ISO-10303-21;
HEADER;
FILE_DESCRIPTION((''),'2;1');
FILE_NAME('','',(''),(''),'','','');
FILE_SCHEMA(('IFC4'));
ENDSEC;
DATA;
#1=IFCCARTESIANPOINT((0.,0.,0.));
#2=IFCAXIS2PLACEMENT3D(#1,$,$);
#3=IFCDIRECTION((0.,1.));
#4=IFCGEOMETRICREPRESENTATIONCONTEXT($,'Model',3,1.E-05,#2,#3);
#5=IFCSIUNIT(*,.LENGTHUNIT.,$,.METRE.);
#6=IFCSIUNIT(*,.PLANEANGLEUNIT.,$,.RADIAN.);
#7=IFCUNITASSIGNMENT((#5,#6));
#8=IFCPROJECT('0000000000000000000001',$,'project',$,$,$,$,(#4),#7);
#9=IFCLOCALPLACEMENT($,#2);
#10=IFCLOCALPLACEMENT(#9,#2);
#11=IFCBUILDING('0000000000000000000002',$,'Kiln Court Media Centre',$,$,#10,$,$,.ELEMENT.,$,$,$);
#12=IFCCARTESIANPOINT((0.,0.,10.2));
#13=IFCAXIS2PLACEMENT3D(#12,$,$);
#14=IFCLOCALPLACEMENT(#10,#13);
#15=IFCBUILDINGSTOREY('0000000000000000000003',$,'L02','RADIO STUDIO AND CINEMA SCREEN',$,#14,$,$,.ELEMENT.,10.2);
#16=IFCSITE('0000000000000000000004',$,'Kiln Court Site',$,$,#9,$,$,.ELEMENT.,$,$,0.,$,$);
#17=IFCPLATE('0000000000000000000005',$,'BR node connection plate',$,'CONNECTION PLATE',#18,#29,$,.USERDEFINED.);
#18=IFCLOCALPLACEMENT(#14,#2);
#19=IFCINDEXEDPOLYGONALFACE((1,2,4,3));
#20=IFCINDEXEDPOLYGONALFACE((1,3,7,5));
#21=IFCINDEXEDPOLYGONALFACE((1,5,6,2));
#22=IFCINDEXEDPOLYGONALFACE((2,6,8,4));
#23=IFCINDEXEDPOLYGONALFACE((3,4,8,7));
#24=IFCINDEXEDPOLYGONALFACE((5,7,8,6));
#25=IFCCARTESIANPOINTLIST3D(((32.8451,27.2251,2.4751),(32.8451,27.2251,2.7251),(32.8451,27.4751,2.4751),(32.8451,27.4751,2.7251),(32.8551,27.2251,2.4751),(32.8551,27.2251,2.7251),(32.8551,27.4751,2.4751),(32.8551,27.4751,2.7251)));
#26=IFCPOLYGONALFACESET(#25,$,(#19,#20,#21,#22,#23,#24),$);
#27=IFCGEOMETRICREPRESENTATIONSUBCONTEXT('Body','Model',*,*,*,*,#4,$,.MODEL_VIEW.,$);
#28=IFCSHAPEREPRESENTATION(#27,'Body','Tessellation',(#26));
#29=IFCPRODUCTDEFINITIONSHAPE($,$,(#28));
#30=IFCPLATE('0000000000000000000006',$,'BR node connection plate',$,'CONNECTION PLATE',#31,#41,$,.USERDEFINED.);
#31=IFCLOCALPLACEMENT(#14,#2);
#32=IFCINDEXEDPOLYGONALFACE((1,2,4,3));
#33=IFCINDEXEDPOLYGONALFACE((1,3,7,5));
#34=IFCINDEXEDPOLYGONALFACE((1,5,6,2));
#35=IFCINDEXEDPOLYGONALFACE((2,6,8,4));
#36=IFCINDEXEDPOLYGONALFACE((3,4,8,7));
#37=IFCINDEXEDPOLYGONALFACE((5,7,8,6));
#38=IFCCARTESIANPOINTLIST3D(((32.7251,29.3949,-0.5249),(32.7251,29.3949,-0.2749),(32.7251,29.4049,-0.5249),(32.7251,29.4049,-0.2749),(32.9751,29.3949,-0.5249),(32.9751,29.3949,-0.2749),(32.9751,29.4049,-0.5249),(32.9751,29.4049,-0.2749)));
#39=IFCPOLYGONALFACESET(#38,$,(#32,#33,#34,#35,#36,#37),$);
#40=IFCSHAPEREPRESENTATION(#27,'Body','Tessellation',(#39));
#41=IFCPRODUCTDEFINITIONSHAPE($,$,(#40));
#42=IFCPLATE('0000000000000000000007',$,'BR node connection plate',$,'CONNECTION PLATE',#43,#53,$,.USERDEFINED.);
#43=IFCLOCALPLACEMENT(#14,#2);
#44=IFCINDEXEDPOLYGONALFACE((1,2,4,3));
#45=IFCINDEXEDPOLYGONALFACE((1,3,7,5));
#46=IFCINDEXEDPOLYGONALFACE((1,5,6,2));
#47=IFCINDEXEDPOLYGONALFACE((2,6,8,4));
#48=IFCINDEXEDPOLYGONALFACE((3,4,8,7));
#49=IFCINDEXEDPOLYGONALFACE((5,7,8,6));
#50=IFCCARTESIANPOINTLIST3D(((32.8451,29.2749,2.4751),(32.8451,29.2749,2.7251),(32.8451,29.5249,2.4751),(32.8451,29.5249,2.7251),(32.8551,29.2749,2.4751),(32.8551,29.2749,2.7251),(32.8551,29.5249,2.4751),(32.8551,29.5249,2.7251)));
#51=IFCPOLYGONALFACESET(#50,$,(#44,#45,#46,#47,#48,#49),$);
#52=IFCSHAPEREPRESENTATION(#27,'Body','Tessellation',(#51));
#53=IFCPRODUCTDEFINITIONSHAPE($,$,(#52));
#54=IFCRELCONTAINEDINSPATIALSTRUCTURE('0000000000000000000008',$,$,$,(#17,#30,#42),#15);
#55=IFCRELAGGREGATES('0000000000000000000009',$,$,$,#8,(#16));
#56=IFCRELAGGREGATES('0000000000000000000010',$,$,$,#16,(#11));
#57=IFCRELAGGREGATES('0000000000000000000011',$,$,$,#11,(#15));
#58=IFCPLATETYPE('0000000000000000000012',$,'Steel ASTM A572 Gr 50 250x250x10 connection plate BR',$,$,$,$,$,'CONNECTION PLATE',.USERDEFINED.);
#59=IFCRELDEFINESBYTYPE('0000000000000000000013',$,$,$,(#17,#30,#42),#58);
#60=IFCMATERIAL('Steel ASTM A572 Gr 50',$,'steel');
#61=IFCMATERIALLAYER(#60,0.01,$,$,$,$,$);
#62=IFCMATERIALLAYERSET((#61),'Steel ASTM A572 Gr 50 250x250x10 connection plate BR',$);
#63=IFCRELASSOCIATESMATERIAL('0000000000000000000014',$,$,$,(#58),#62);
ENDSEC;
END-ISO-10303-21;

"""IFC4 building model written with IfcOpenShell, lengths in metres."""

from ifc_helpers import new_model, si_unit, direction, frame, origin, origin_2d, place, context, subcontext, project, spatial, rectangle, extrude, material, layer, layer_set, type_object, element, save


model = new_model("IFC4")

# Units and contexts
model_context = context("Model", 3, precision=1e-05, world=origin(), true_north=direction((0.0, 1.0)))
body_context = subcontext(model_context, "Body", "Model", "MODEL_VIEW")
ifc_project = project(units=[si_unit("LENGTHUNIT", "METRE"), si_unit("PLANEANGLEUNIT", "RADIAN")], contexts=[model_context])

# Site, building, storey
site_placement = place(None, origin())
site = spatial("IfcSite", under=ifc_project, at=site_placement, Name="Kiln Court Site", CompositionType="ELEMENT", RefElevation=0.0)
building_placement = place(site_placement, origin())
building = spatial("IfcBuilding", under=site, at=building_placement, Name="Kiln Court Media Centre", CompositionType="ELEMENT")
storey_placement = place(building_placement, frame((0.0, 0.0, 10.2)))
storey = spatial("IfcBuildingStorey", under=building, at=storey_placement, Name="L02", Description="RADIO STUDIO AND CINEMA SCREEN", CompositionType="ELEMENT", Elevation=10.2)

# Plates
ifc_material_1 = material(Name="Steel ASTM A572 Gr 50", Category="steel")
ifc_layer_1 = layer(ifc_material_1, 0.01)
ifc_layer_set_1 = layer_set([ifc_layer_1], Name="Steel ASTM A572 Gr 50 250x250x10 connection plate BR")
plate_type_1 = type_object("IfcPlateType", Name="Steel ASTM A572 Gr 50 250x250x10 connection plate BR", ElementType="CONNECTION PLATE", PredefinedType="USERDEFINED", material=ifc_layer_set_1)
for number, where, z_axis, x_axis, name in (
    (1, (32.8501, 27.3501, 2.4751), (0.0, 0.0, 1.0), (1.0, 0.0, 0.0), "BR node connection plate"),
):
    element("IfcPlate", number, at=place(storey_placement, frame(where, z_axis=z_axis, x_axis=x_axis)), inside=storey, type_object=plate_type_1, Name=name, ObjectType="CONNECTION PLATE", PredefinedType="USERDEFINED", context=body_context, shape_type="SweptSolid", body=[
        extrude(rectangle(XDim=0.01, YDim=0.25, at=origin_2d()), origin(), (0.0, 0.0, 1.0), 0.25),
    ])
plate_1_placement = place(storey_placement, frame((32.8501, 29.3999, -0.5249), z_axis=(0.0, 0.0, 1.0), x_axis=(1.0, 0.0, 0.0)))
element("IfcPlate", 2, at=plate_1_placement, inside=storey, type_object=plate_type_1, Name="BR node connection plate", ObjectType="CONNECTION PLATE", PredefinedType="USERDEFINED", context=body_context, shape_type="SweptSolid", body=[
    extrude(rectangle(XDim=0.25, YDim=0.01, at=origin_2d()), origin(), (0.0, 0.0, 1.0), 0.25),
])
plate_2_placement = place(storey_placement, frame((32.8501, 29.3999, 2.4751), z_axis=(0.0, 0.0, 1.0), x_axis=(1.0, 0.0, 0.0)))
element("IfcPlate", 3, at=plate_2_placement, inside=storey, type_object=plate_type_1, Name="BR node connection plate", ObjectType="CONNECTION PLATE", PredefinedType="USERDEFINED", context=body_context, shape_type="SweptSolid", body=[
    extrude(rectangle(XDim=0.01, YDim=0.25, at=origin_2d()), origin(), (0.0, 0.0, 1.0), 0.25),
])

save(model, "model.ifc")
